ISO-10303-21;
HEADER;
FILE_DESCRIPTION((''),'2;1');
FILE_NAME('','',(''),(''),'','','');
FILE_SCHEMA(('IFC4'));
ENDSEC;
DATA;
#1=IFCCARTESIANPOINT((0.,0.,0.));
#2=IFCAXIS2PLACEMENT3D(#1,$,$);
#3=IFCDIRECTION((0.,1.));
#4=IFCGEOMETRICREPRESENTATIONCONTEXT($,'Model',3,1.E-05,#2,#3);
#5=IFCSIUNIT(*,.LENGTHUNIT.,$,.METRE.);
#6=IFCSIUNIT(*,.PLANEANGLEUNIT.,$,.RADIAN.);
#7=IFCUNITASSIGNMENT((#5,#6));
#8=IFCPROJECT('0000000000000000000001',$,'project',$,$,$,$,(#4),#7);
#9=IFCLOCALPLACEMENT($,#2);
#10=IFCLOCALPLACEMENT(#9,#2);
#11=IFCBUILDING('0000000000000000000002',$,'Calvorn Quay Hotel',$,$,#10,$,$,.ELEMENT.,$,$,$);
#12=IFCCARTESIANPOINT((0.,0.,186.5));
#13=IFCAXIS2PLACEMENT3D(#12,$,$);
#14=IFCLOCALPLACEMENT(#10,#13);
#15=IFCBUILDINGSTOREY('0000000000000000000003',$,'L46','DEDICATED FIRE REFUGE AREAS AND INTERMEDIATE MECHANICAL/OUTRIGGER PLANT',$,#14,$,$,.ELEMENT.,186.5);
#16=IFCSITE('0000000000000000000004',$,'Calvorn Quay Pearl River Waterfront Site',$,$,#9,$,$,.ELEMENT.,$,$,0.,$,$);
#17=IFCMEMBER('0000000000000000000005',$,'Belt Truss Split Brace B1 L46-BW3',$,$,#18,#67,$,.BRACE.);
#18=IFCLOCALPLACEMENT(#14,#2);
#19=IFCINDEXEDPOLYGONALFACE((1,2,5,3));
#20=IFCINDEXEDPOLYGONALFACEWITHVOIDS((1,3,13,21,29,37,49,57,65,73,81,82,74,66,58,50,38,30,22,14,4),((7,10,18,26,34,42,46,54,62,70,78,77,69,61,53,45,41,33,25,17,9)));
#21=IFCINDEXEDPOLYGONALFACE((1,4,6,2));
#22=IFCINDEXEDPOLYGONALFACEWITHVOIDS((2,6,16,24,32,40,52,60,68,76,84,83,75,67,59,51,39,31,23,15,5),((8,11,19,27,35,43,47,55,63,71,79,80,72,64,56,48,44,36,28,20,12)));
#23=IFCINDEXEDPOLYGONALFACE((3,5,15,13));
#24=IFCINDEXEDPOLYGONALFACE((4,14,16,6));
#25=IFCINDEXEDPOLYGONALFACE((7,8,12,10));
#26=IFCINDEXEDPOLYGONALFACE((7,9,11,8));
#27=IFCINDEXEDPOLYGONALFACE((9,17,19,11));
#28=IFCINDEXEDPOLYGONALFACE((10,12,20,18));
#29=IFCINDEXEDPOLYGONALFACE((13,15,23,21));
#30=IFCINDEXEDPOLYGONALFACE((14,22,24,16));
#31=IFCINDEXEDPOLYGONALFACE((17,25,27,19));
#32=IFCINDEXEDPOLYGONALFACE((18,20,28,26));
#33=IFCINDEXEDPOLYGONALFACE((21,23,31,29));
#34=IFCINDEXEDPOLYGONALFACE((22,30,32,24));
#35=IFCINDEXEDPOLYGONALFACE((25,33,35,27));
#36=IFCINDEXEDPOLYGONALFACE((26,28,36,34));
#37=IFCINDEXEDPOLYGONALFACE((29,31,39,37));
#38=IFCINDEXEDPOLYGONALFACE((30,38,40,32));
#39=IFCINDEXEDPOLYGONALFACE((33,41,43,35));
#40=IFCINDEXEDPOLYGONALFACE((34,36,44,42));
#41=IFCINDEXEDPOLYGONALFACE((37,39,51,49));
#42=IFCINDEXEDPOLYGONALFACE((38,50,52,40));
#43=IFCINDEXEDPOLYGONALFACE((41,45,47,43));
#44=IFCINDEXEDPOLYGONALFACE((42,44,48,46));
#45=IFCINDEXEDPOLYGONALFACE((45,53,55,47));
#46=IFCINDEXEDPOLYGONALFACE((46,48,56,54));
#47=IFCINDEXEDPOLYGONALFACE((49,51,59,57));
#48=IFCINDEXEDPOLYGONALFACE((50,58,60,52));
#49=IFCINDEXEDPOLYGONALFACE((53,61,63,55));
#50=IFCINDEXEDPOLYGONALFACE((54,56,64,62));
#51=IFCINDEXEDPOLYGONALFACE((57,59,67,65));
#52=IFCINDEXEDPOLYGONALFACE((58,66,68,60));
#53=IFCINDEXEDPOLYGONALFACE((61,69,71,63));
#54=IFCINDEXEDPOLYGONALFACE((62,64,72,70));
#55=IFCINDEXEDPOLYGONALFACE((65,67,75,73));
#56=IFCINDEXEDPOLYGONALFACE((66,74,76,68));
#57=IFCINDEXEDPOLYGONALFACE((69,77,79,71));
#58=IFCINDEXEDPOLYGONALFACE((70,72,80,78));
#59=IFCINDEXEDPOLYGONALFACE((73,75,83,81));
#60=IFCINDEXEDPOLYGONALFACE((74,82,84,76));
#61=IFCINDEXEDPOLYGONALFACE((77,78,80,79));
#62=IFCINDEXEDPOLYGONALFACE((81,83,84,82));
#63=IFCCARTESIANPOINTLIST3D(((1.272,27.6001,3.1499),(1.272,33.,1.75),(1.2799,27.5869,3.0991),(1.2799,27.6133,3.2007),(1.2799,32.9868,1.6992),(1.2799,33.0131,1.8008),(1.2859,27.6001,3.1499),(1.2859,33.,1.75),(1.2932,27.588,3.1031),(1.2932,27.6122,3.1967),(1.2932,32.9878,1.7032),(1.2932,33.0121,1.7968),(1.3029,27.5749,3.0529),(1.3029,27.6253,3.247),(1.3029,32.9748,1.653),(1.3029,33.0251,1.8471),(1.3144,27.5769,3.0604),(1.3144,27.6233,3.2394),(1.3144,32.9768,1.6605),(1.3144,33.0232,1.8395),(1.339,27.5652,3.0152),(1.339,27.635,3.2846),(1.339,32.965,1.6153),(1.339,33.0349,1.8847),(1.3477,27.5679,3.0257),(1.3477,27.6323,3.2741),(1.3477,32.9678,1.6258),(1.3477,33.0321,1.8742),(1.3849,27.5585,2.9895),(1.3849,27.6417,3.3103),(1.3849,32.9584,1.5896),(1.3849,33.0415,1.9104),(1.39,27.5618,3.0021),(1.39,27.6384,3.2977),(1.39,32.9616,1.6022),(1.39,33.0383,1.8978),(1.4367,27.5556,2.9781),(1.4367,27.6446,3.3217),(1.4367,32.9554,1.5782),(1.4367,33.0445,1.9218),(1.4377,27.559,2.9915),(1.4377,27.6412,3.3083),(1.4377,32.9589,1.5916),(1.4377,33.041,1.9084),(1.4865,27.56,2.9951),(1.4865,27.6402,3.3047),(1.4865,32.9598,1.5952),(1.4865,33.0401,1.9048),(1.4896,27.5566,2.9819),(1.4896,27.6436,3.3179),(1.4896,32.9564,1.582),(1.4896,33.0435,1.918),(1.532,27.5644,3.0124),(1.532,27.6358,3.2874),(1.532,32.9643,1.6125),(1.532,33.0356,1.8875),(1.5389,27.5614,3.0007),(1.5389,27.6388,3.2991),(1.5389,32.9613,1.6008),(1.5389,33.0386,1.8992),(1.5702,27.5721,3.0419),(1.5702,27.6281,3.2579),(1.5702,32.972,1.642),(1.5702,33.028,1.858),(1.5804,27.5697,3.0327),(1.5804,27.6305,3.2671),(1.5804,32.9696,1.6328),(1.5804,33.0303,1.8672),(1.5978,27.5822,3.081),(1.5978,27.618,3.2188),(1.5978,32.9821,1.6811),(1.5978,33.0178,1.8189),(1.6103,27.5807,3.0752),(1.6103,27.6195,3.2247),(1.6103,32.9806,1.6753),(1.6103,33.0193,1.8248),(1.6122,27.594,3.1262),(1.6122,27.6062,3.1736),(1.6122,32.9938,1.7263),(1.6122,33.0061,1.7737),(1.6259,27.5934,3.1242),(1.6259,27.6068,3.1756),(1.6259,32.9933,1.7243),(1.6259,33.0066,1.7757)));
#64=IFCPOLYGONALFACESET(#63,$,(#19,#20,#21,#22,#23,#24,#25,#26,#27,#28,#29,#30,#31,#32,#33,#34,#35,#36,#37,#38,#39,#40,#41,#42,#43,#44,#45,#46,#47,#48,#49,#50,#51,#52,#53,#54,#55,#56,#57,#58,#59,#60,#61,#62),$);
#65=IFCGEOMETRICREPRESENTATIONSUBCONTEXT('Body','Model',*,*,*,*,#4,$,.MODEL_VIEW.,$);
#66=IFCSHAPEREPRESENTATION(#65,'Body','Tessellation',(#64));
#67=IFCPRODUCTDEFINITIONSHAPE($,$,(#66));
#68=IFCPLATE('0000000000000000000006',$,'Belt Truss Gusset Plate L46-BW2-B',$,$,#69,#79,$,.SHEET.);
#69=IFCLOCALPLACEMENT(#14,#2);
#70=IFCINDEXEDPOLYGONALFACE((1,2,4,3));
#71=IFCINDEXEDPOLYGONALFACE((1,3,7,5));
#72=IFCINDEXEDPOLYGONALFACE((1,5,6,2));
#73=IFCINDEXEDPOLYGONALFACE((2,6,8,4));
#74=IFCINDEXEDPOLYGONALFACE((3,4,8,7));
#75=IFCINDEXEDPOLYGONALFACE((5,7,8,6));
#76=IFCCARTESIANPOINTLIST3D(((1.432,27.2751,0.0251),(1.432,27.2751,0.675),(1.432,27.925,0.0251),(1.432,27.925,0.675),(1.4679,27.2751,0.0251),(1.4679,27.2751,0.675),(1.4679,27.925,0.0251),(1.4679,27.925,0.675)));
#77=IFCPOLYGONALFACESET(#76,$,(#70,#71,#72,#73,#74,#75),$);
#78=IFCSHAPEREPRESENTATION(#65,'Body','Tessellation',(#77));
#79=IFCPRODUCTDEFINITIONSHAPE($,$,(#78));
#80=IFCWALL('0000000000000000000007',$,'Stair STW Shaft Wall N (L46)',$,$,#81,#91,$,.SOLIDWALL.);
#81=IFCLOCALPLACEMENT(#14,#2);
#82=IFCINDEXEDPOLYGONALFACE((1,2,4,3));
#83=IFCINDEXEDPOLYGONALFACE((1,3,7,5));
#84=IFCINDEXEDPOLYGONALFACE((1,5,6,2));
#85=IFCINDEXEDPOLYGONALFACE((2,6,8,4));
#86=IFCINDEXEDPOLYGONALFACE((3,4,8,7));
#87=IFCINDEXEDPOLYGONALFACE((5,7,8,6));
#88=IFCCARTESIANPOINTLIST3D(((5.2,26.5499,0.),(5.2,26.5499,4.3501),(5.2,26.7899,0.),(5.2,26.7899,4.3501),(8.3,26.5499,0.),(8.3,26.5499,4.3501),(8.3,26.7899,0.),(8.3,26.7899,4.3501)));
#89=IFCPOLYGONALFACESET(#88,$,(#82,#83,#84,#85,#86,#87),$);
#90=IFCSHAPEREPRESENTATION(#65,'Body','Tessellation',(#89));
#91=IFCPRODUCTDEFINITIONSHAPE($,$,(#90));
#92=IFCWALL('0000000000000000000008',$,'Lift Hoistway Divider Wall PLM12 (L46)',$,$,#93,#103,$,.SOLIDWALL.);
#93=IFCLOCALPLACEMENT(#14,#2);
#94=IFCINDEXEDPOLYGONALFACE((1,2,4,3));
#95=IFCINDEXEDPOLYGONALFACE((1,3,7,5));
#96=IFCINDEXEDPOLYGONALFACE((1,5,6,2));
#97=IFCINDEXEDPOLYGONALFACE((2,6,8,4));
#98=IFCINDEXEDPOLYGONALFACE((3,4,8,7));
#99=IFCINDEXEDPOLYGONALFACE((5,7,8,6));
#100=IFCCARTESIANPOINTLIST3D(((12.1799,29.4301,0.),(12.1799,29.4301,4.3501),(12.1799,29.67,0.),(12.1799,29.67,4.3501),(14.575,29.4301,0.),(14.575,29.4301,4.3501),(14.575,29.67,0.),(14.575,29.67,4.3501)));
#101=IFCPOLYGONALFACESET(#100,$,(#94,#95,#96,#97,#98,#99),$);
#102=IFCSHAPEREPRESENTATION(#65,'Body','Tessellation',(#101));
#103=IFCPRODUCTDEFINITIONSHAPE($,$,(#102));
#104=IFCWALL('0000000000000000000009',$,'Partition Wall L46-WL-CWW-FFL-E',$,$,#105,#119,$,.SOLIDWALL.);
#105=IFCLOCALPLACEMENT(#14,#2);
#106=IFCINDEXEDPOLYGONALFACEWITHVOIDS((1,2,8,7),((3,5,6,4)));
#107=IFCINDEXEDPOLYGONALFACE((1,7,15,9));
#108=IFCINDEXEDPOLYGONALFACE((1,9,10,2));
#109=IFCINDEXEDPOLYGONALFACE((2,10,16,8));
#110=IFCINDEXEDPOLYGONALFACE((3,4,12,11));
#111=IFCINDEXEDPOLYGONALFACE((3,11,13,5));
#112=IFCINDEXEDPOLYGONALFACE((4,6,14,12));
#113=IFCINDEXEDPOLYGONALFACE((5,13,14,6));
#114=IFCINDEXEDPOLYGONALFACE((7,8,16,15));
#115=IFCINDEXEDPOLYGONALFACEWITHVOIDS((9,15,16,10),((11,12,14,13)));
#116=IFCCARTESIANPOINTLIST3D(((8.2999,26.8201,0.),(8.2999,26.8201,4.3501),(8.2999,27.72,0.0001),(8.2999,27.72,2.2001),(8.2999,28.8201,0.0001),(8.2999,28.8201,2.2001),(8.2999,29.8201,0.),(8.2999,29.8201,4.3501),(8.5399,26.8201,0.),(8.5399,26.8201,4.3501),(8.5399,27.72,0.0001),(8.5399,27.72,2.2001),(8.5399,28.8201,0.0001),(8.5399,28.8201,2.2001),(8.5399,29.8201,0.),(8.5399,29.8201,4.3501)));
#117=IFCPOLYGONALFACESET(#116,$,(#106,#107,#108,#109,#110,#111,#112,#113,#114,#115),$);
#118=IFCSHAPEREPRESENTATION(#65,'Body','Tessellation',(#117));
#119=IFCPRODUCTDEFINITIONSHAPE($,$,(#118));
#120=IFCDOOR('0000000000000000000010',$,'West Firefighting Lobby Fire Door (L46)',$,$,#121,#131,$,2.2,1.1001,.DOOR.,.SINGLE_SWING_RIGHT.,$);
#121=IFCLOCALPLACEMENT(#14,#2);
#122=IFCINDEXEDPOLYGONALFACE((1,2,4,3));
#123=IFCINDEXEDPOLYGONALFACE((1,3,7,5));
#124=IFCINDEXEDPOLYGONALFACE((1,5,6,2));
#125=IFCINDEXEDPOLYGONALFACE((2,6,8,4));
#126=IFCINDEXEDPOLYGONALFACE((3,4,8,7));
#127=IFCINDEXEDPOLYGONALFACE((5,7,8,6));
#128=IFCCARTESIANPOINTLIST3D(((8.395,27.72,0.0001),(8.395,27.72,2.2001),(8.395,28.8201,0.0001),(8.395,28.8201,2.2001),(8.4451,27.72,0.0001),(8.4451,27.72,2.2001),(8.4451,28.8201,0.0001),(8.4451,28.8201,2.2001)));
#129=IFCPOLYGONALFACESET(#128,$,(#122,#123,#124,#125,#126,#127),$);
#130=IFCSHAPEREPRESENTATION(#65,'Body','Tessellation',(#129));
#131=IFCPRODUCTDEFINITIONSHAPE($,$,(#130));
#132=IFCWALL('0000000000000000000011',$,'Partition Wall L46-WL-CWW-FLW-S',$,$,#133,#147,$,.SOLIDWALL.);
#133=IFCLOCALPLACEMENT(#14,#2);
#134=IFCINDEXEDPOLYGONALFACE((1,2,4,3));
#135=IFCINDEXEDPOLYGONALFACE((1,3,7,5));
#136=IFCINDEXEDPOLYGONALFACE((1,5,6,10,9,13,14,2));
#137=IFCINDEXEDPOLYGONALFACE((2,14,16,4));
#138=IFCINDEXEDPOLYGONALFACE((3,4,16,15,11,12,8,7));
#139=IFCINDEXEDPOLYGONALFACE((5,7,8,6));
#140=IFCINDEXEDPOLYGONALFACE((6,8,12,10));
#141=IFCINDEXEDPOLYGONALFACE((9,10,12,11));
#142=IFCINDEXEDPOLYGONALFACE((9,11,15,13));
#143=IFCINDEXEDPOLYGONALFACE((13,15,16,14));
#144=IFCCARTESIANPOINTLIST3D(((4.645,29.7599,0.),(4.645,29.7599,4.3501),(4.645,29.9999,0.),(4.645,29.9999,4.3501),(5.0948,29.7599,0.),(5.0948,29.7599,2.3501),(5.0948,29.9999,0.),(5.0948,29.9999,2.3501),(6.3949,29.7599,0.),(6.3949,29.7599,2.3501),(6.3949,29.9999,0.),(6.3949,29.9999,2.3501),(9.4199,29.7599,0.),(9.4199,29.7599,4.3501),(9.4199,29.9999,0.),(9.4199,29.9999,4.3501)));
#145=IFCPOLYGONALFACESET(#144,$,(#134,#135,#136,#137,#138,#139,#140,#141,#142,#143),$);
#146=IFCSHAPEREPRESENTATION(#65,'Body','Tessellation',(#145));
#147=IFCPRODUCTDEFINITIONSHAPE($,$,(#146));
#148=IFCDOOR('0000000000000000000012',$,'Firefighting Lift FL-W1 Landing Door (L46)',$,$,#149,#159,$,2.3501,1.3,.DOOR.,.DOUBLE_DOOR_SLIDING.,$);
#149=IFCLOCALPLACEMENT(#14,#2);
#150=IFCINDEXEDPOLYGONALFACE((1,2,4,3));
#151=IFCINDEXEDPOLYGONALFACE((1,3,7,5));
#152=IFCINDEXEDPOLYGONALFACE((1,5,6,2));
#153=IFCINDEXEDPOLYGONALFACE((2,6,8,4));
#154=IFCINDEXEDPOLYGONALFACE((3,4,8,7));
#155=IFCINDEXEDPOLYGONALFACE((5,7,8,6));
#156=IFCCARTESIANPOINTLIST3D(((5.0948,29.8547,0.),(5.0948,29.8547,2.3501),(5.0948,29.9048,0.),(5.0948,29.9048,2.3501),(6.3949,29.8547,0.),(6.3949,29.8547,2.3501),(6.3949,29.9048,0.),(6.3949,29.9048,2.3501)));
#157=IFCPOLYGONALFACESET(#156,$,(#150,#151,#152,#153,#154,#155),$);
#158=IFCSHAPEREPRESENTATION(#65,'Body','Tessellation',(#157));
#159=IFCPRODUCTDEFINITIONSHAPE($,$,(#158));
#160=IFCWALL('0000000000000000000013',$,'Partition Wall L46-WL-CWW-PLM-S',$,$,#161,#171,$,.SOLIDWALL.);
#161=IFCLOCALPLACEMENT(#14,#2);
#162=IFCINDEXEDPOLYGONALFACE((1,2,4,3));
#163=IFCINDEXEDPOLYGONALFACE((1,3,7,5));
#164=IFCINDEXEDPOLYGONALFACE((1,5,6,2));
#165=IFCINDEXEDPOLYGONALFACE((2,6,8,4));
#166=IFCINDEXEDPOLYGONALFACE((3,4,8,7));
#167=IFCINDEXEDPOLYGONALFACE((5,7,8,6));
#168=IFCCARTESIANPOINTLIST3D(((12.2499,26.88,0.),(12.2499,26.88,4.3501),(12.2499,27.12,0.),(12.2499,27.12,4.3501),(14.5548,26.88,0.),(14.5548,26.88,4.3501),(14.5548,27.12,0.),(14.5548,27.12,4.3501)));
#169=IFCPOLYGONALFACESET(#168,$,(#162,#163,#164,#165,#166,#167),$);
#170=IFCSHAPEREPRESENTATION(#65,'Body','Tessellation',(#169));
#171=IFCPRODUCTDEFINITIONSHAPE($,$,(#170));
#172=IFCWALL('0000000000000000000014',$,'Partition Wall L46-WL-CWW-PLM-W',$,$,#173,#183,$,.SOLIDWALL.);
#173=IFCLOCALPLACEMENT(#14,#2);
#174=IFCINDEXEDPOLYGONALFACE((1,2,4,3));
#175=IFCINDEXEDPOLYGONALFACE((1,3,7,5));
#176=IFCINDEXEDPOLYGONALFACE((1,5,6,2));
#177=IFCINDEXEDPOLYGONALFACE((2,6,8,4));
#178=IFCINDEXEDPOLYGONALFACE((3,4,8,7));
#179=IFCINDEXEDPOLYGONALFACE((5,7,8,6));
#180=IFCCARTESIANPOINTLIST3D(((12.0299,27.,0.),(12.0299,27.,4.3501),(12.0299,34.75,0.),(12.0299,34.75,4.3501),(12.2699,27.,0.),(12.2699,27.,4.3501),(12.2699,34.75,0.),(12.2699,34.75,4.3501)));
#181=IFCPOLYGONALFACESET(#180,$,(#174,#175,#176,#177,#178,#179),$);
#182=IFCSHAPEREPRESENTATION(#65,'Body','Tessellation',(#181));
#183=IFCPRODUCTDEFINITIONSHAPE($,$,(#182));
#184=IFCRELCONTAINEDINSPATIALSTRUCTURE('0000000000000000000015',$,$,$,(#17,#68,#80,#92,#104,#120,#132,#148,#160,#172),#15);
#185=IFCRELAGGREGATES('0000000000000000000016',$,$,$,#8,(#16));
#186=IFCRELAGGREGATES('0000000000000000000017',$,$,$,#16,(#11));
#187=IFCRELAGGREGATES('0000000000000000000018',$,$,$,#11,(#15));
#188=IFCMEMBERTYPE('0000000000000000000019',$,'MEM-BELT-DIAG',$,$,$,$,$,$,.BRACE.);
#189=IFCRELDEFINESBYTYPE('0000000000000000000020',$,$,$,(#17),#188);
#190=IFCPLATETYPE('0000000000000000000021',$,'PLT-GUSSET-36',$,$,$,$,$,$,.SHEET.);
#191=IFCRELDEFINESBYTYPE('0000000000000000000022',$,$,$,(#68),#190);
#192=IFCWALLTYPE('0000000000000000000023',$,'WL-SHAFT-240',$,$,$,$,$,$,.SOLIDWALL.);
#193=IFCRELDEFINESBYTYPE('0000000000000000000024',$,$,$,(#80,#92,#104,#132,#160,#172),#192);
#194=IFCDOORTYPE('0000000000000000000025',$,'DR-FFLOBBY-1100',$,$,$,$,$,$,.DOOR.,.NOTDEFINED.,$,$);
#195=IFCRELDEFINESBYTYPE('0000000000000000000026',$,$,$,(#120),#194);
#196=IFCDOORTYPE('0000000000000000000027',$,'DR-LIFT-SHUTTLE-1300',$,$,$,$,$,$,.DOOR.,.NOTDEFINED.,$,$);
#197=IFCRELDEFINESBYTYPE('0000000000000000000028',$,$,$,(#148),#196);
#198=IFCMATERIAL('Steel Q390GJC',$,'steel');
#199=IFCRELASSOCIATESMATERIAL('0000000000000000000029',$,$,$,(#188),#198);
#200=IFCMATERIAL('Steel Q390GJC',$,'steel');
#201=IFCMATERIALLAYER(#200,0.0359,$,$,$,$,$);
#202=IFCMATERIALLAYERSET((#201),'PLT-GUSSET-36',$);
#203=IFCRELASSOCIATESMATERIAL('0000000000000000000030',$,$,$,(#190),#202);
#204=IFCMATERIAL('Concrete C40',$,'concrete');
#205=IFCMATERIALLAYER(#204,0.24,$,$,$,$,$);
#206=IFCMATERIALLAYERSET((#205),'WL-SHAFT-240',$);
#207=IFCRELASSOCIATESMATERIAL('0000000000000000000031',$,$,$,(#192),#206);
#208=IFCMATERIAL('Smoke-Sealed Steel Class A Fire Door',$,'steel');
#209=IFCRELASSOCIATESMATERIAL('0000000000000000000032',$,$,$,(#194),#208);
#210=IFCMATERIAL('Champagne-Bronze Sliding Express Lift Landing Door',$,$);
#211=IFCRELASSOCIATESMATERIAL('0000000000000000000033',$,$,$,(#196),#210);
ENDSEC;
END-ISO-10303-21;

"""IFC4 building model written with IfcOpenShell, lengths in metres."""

from ifc_helpers import new_model, si_unit, direction, frame, frame_2d, origin, origin_2d, place, context, subcontext, project, spatial, rectangle, hollow_circle, extrude, material, layer, layer_set, material_profile, profile_set, type_object, element, fill, save


model = new_model("IFC4")

# Units and contexts
model_context = context("Model", 3, precision=1e-05, world=origin(), true_north=direction((0.0, 1.0)))
body_context = subcontext(model_context, "Body", "Model", "MODEL_VIEW")
ifc_project = project(units=[si_unit("LENGTHUNIT", "METRE"), si_unit("PLANEANGLEUNIT", "RADIAN")], contexts=[model_context])

# Site, building, storey
site_placement = place(None, origin())
site = spatial("IfcSite", under=ifc_project, at=site_placement, Name="Calvorn Quay Pearl River Waterfront Site", CompositionType="ELEMENT", RefElevation=0.0)
building_placement = place(site_placement, origin())
building = spatial("IfcBuilding", under=site, at=building_placement, Name="Calvorn Quay Hotel", CompositionType="ELEMENT")
storey_placement = place(building_placement, frame((0.0, 0.0, 186.5)))
storey = spatial("IfcBuildingStorey", under=building, at=storey_placement, Name="L46", Description="DEDICATED FIRE REFUGE AREAS AND INTERMEDIATE MECHANICAL/OUTRIGGER PLANT", CompositionType="ELEMENT", Elevation=186.5)

# Member
ifc_material_1 = material(Name="Steel Q390GJC", Category="steel")
ifc_material_profile_1 = material_profile(ifc_material_1, hollow_circle(Radius=0.178, WallThickness=0.0139, at=origin_2d()), Name="CHS356x14")
ifc_profile_set_1 = profile_set([ifc_material_profile_1], Name="Steel Q390GJC")
member_type_1 = type_object("IfcMemberType", Name="MEM-BELT-DIAG", PredefinedType="BRACE", material=ifc_profile_set_1)
member_1_placement = place(storey_placement, frame((1.45, 27.6001, 3.1499), z_axis=(0.0, 0.968, -0.25095), x_axis=(-1.0, 0.0, 0.0)))
element("IfcMember", 1, at=member_1_placement, inside=storey, type_object=member_type_1, Name="Belt Truss Split Brace B1 L46-BW3", PredefinedType="BRACE", context=body_context, shape_type="SweptSolid", body=[
    extrude(hollow_circle(Radius=0.178, WallThickness=0.0139, at=origin_2d()), origin(), (0.0, 0.0, 1.0), 5.5784),
])

# Plate
ifc_material_2 = material(Name="Steel Q390GJC", Category="steel")
ifc_layer_1 = layer(ifc_material_2, 0.0359)
ifc_layer_set_1 = layer_set([ifc_layer_1], Name="PLT-GUSSET-36")
plate_type = type_object("IfcPlateType", Name="PLT-GUSSET-36", PredefinedType="SHEET", material=ifc_layer_set_1)
plate_placement = place(storey_placement, frame((1.45, 27.6001, 0.0251), z_axis=(0.0, 0.0, 1.0), x_axis=(0.0, 1.0, 0.0)))
element("IfcPlate", 2, at=plate_placement, inside=storey, type_object=plate_type, Name="Belt Truss Gusset Plate L46-BW2-B", PredefinedType="SHEET", context=body_context, shape_type="SweptSolid", body=[
    extrude(rectangle(XDim=0.6499, YDim=0.0359, at=origin_2d()), origin(), (0.0, 0.0, 1.0), 0.6499),
])

# Walls
ifc_material_3 = material(Name="Concrete C40", Category="concrete")
ifc_layer_2 = layer(ifc_material_3, 0.24)
ifc_layer_set_2 = layer_set([ifc_layer_2], Name="WL-SHAFT-240")
wall_type_1 = type_object("IfcWallType", Name="WL-SHAFT-240", PredefinedType="SOLIDWALL", material=ifc_layer_set_2)
wall_1_placement = place(storey_placement, frame((5.2, 26.6699, 0.0), z_axis=(0.0, 0.0, 1.0), x_axis=(1.0, 0.0, 0.0)))
element("IfcWall", 3, at=wall_1_placement, inside=storey, type_object=wall_type_1, Name="Stair STW Shaft Wall N (L46)", PredefinedType="SOLIDWALL", context=body_context, shape_type="SweptSolid", body=[
    extrude(rectangle(XDim=3.1001, YDim=0.24, at=frame_2d((1.55, 0.0))), origin(), (0.0, 0.0, 1.0), 4.3501),
])
wall_2_placement = place(storey_placement, frame((12.1799, 29.55, 0.0), z_axis=(0.0, 0.0, 1.0), x_axis=(1.0, 0.0, 0.0)))
element("IfcWall", 4, at=wall_2_placement, inside=storey, type_object=wall_type_1, Name="Lift Hoistway Divider Wall PLM12 (L46)", PredefinedType="SOLIDWALL", context=body_context, shape_type="SweptSolid", body=[
    extrude(rectangle(XDim=2.395, YDim=0.24, at=frame_2d((1.1975, 0.0))), origin(), (0.0, 0.0, 1.0), 4.3501),
])

# Walls, openings, doors
wall_3_placement = place(storey_placement, frame((8.4199, 26.8201, 0.0), z_axis=(0.0, 0.0, 1.0), x_axis=(0.0, 1.0, 0.0)))
wall_3 = element("IfcWall", 5, at=wall_3_placement, inside=storey, type_object=wall_type_1, Name="Partition Wall L46-WL-CWW-FFL-E", PredefinedType="SOLIDWALL", context=body_context, shape_type="SweptSolid", body=[
    extrude(rectangle(XDim=3.0, YDim=0.24, at=frame_2d((1.5, 0.0))), origin(), (0.0, 0.0, 1.0), 4.3501),
])
opening_1_placement = place(wall_3_placement, frame((0.8999, 0.0, 0.0)))
opening_1 = element("IfcOpeningElement", 6, at=opening_1_placement, cuts=wall_3, PredefinedType="OPENING", context=body_context, shape_type="SweptSolid", body=[
    extrude(rectangle(XDim=1.1001, YDim=2.2, at=frame_2d((0.55, 1.1001))), frame((0.0, 0.1299, 0.0), z_axis=(0.0, -1.0, 0.0), x_axis=(1.0, 0.0, 0.0)), (0.0, 0.0, 1.0), 0.26),
])
ifc_material_4 = material(Name="Smoke-Sealed Steel Class A Fire Door", Category="steel")
door_type_1 = type_object("IfcDoorType", Name="DR-FFLOBBY-1100", OperationType="NOTDEFINED", PredefinedType="DOOR", material=ifc_material_4)
door_1_placement = place(opening_1_placement, origin())
door_1 = element("IfcDoor", 7, at=door_1_placement, inside=storey, type_object=door_type_1, Name="West Firefighting Lobby Fire Door (L46)", OperationType="SINGLE_SWING_RIGHT", OverallHeight=2.2, OverallWidth=1.1001, PredefinedType="DOOR", context=body_context, shape_type="SweptSolid", body=[
    extrude(rectangle(XDim=1.1001, YDim=2.2, at=frame_2d((0.55, 1.1001))), frame((0.0, 0.0249, 0.0), z_axis=(0.0, -1.0, 0.0), x_axis=(1.0, 0.0, 0.0)), (0.0, 0.0, 1.0), 0.05),
])
fill(opening_1, door_1)
wall_4_placement = place(storey_placement, frame((4.645, 29.8799, 0.0), z_axis=(0.0, 0.0, 1.0), x_axis=(1.0, 0.0, 0.0)))
wall_4 = element("IfcWall", 8, at=wall_4_placement, inside=storey, type_object=wall_type_1, Name="Partition Wall L46-WL-CWW-FLW-S", PredefinedType="SOLIDWALL", context=body_context, shape_type="SweptSolid", body=[
    extrude(rectangle(XDim=4.7749, YDim=0.24, at=frame_2d((2.3875, 0.0))), origin(), (0.0, 0.0, 1.0), 4.3501),
])
opening_2_placement = place(wall_4_placement, frame((0.45, 0.0, 0.0)))
opening_2 = element("IfcOpeningElement", 9, at=opening_2_placement, cuts=wall_4, PredefinedType="OPENING", context=body_context, shape_type="SweptSolid", body=[
    extrude(rectangle(XDim=1.3, YDim=2.3501, at=frame_2d((0.6499, 1.175))), frame((0.0, 0.1299, 0.0), z_axis=(0.0, -1.0, 0.0), x_axis=(1.0, 0.0, 0.0)), (0.0, 0.0, 1.0), 0.26),
])
ifc_material_5 = material(Name="Champagne-Bronze Sliding Express Lift Landing Door")
door_type_2 = type_object("IfcDoorType", Name="DR-LIFT-SHUTTLE-1300", OperationType="NOTDEFINED", PredefinedType="DOOR", material=ifc_material_5)
door_2_placement = place(opening_2_placement, origin())
door_2 = element("IfcDoor", 10, at=door_2_placement, inside=storey, type_object=door_type_2, Name="Firefighting Lift FL-W1 Landing Door (L46)", OperationType="DOUBLE_DOOR_SLIDING", OverallHeight=2.3501, OverallWidth=1.3, PredefinedType="DOOR", context=body_context, shape_type="SweptSolid", body=[
    extrude(rectangle(XDim=1.3, YDim=2.3501, at=frame_2d((0.6499, 1.175))), frame((0.0, 0.0249, 0.0), z_axis=(0.0, -1.0, 0.0), x_axis=(1.0, 0.0, 0.0)), (0.0, 0.0, 1.0), 0.05),
])
fill(opening_2, door_2)

# Walls
wall_5_placement = place(storey_placement, frame((12.25, 27.0, 0.0), z_axis=(0.0, 0.0, 1.0), x_axis=(1.0, 0.0, 0.0)))
element("IfcWall", 11, at=wall_5_placement, inside=storey, type_object=wall_type_1, Name="Partition Wall L46-WL-CWW-PLM-S", PredefinedType="SOLIDWALL", context=body_context, shape_type="SweptSolid", body=[
    extrude(rectangle(XDim=2.3049, YDim=0.24, at=frame_2d((1.1523, 0.0))), origin(), (0.0, 0.0, 1.0), 4.3501),
])
wall_6_placement = place(storey_placement, frame((12.1499, 27.0, 0.0), z_axis=(0.0, 0.0, 1.0), x_axis=(0.0, 1.0, 0.0)))
element("IfcWall", 12, at=wall_6_placement, inside=storey, type_object=wall_type_1, Name="Partition Wall L46-WL-CWW-PLM-W", PredefinedType="SOLIDWALL", context=body_context, shape_type="SweptSolid", body=[
    extrude(rectangle(XDim=7.75, YDim=0.24, at=frame_2d((3.875, 0.0))), origin(), (0.0, 0.0, 1.0), 4.3501),
])

save(model, "model.ifc")
